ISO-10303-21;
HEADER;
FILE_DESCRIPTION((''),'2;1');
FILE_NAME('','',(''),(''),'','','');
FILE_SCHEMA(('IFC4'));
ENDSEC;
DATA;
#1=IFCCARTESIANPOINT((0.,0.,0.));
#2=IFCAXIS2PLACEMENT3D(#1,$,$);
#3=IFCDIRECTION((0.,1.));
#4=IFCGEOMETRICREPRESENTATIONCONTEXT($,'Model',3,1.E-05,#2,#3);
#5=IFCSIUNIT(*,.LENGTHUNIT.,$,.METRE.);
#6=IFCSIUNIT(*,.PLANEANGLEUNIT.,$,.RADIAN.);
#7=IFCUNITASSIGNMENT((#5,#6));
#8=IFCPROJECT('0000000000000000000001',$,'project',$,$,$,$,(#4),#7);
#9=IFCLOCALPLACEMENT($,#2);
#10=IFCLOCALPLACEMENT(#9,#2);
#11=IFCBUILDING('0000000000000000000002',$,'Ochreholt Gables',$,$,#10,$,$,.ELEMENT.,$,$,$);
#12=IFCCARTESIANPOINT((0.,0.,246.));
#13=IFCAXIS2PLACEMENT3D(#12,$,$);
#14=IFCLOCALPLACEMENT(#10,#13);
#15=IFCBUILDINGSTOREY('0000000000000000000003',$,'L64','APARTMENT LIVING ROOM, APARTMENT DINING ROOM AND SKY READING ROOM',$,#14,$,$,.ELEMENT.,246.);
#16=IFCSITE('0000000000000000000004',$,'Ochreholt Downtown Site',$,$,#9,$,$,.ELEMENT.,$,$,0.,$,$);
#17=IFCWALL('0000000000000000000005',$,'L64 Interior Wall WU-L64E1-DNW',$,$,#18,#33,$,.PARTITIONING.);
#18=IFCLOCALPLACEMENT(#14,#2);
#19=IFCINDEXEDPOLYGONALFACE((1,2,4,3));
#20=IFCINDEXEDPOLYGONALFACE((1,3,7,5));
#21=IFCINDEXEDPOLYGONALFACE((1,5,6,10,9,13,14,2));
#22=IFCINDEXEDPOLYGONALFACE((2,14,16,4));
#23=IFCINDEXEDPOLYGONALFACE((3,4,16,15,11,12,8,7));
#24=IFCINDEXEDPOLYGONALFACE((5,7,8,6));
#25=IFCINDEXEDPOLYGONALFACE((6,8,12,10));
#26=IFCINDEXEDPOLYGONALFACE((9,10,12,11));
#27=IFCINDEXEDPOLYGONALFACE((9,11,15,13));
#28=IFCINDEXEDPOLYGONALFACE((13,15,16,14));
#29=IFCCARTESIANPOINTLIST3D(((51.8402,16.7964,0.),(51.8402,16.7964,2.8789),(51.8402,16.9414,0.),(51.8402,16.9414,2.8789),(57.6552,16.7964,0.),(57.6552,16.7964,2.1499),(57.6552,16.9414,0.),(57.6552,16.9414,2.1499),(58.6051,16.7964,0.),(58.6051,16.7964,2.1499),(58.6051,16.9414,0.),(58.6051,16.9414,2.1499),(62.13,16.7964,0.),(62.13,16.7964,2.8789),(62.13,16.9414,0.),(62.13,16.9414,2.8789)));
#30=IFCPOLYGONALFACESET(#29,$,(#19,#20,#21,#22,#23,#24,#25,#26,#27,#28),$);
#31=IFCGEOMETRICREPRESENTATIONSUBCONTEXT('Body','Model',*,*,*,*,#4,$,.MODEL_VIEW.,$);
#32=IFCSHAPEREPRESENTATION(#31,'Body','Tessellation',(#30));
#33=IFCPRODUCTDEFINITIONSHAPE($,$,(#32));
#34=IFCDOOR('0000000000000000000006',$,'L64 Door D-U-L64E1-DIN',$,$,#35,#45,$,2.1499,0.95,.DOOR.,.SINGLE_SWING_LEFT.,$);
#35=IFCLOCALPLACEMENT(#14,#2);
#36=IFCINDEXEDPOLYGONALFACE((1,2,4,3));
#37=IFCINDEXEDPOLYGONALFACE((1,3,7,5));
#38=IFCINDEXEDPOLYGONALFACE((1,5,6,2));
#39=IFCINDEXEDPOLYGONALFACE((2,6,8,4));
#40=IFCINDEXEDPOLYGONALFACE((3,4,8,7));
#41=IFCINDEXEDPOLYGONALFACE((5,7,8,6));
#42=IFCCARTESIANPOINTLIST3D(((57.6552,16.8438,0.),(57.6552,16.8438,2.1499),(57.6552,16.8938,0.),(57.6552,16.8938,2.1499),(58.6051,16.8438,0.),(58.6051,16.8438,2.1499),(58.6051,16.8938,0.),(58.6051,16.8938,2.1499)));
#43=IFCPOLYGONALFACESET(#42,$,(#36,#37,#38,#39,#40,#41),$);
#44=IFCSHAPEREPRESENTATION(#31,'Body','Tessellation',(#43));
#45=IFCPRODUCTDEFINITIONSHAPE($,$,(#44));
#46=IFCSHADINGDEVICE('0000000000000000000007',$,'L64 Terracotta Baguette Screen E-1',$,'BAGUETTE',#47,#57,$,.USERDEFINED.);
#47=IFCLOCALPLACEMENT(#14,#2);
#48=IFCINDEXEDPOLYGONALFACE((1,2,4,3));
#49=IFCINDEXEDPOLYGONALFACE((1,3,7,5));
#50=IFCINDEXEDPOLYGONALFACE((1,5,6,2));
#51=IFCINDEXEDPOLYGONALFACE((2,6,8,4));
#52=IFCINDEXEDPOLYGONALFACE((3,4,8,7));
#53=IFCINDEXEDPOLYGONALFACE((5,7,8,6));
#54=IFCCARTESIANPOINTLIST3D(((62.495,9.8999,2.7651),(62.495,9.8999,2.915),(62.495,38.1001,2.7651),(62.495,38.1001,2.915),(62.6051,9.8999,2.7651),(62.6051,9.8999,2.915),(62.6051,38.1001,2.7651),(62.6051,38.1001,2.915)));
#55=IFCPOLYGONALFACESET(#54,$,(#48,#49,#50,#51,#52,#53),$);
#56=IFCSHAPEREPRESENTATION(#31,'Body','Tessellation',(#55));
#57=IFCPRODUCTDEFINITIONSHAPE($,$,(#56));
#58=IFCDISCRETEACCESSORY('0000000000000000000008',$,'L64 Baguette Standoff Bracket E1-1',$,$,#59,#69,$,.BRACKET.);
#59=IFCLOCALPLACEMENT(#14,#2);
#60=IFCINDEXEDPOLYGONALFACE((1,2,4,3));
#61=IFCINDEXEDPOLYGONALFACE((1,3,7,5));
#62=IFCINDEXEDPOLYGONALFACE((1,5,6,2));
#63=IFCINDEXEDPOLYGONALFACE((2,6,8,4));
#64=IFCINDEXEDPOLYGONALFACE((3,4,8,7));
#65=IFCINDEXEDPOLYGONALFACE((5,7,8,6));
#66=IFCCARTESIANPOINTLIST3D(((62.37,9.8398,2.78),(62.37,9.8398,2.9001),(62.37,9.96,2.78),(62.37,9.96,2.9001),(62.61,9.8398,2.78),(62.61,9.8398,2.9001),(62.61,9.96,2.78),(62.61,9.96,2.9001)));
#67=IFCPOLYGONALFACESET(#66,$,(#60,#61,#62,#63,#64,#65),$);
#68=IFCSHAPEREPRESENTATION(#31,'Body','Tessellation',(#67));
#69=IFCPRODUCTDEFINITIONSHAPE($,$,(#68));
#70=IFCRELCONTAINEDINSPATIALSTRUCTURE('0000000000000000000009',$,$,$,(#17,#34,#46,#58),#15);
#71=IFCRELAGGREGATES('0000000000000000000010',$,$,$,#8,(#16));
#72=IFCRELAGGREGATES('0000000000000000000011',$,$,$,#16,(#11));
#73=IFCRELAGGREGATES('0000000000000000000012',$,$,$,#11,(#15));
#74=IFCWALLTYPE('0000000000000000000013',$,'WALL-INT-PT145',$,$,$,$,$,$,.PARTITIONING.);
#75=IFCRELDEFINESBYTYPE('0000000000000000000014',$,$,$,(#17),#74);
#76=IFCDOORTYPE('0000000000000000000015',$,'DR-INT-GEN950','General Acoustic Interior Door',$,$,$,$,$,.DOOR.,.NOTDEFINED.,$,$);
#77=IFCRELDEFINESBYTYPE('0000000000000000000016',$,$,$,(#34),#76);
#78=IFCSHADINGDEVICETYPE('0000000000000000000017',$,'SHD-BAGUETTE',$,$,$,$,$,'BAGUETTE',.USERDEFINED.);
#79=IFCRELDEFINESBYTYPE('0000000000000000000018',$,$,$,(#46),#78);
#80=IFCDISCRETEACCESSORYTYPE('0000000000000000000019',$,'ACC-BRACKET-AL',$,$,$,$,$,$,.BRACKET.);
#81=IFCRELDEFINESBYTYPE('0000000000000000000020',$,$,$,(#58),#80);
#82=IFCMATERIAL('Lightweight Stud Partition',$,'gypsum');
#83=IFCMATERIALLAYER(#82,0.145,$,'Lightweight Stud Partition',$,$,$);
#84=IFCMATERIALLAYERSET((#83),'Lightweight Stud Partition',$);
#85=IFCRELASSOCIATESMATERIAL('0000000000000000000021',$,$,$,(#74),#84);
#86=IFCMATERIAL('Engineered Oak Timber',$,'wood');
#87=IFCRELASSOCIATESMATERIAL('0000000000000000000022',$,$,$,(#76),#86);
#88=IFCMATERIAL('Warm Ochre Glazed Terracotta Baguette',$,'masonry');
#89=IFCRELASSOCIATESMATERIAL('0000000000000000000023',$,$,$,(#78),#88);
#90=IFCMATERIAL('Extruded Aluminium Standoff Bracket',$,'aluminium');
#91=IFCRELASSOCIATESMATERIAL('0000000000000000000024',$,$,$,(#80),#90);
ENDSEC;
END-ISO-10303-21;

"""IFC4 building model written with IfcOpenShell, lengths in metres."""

from ifc_helpers import new_model, si_unit, direction, frame, frame_2d, origin, origin_2d, place, context, subcontext, project, spatial, rectangle, extrude, material, layer, layer_set, material_profile, profile_set, type_object, element, fill, save


model = new_model("IFC4")

# Units and contexts
model_context = context("Model", 3, precision=1e-05, world=origin(), true_north=direction((0.0, 1.0)))
body_context = subcontext(model_context, "Body", "Model", "MODEL_VIEW")
ifc_project = project(units=[si_unit("LENGTHUNIT", "METRE"), si_unit("PLANEANGLEUNIT", "RADIAN")], contexts=[model_context])

# Site, building, storey
site_placement = place(None, origin())
site = spatial("IfcSite", under=ifc_project, at=site_placement, Name="Ochreholt Downtown Site", CompositionType="ELEMENT", RefElevation=0.0)
building_placement = place(site_placement, origin())
building = spatial("IfcBuilding", under=site, at=building_placement, Name="Ochreholt Gables", CompositionType="ELEMENT")
storey_placement = place(building_placement, frame((0.0, 0.0, 246.0)))
storey = spatial("IfcBuildingStorey", under=building, at=storey_placement, Name="L64", Description="APARTMENT LIVING ROOM, APARTMENT DINING ROOM AND SKY READING ROOM", CompositionType="ELEMENT", Elevation=246.0)

# Wall, opening, door
ifc_material_1 = material(Name="Lightweight Stud Partition", Category="gypsum")
ifc_layer_1 = layer(ifc_material_1, 0.145, Name="Lightweight Stud Partition")
ifc_layer_set_1 = layer_set([ifc_layer_1], Name="Lightweight Stud Partition")
wall_type_1 = type_object("IfcWallType", Name="WALL-INT-PT145", PredefinedType="PARTITIONING", material=ifc_layer_set_1)
wall_1_placement = place(storey_placement, frame((51.8401, 16.8689, 0.0), z_axis=(0.0, 0.0, 1.0), x_axis=(1.0, 0.0, 0.0)))
wall_1 = element("IfcWall", 1, at=wall_1_placement, inside=storey, type_object=wall_type_1, Name="L64 Interior Wall WU-L64E1-DNW", PredefinedType="PARTITIONING", context=body_context, shape_type="SweptSolid", body=[
    extrude(rectangle(XDim=10.2898, YDim=0.145, at=frame_2d((5.145, 0.0))), origin(), (0.0, 0.0, 1.0), 2.8789),
])
opening_placement = place(wall_1_placement, frame((5.8149, 0.0, 0.0)))
opening = element("IfcOpeningElement", 2, at=opening_placement, cuts=wall_1, PredefinedType="OPENING", context=body_context, shape_type="SweptSolid", body=[
    extrude(rectangle(XDim=0.95, YDim=2.1499, at=frame_2d((0.4751, 1.075))), frame((0.0, 0.0825, 0.0), z_axis=(0.0, -1.0, 0.0), x_axis=(1.0, 0.0, 0.0)), (0.0, 0.0, 1.0), 0.165),
])
ifc_material_2 = material(Name="Engineered Oak Timber", Category="wood")
door_type = type_object("IfcDoorType", Name="DR-INT-GEN950", Description="General Acoustic Interior Door", OperationType="NOTDEFINED", PredefinedType="DOOR", material=ifc_material_2)
door_placement = place(opening_placement, origin())
door = element("IfcDoor", 3, at=door_placement, inside=storey, type_object=door_type, Name="L64 Door D-U-L64E1-DIN", OperationType="SINGLE_SWING_LEFT", OverallHeight=2.1499, OverallWidth=0.95, PredefinedType="DOOR", context=body_context, shape_type="SweptSolid", body=[
    extrude(rectangle(XDim=0.95, YDim=2.1499, at=frame_2d((0.4751, 1.075))), frame((0.0, 0.0249, 0.0), z_axis=(0.0, -1.0, 0.0), x_axis=(1.0, 0.0, 0.0)), (0.0, 0.0, 1.0), 0.05),
])
fill(opening, door)

# Shading device
ifc_material_3 = material(Name="Warm Ochre Glazed Terracotta Baguette", Category="masonry")
ifc_material_profile_1 = material_profile(ifc_material_3, rectangle(XDim=0.1101, YDim=0.1499, at=origin_2d()), Name="TCBAG110X150")
ifc_profile_set_1 = profile_set([ifc_material_profile_1], Name="Warm Ochre Glazed Terracotta Baguette")
shading_device_type = type_object("IfcShadingDeviceType", Name="SHD-BAGUETTE", ElementType="BAGUETTE", PredefinedType="USERDEFINED", material=ifc_profile_set_1)
shading_device_placement = place(storey_placement, frame((62.55, 9.8999, 2.8401), z_axis=(0.0, 1.0, 0.0), x_axis=(-1.0, 0.0, 0.0)))
element("IfcShadingDevice", 4, at=shading_device_placement, inside=storey, type_object=shading_device_type, Name="L64 Terracotta Baguette Screen E-1", ObjectType="BAGUETTE", PredefinedType="USERDEFINED", context=body_context, shape_type="SweptSolid", body=[
    extrude(rectangle(XDim=0.1101, YDim=0.1499, at=origin_2d()), origin(), (0.0, 0.0, 1.0), 28.2002),
])

# Discrete accessory
ifc_material_4 = material(Name="Extruded Aluminium Standoff Bracket", Category="aluminium")
discrete_accessory_type = type_object("IfcDiscreteAccessoryType", Name="ACC-BRACKET-AL", PredefinedType="BRACKET", material=ifc_material_4)
discrete_accessory_placement = place(storey_placement, frame((62.49, 9.8999, 2.78), z_axis=(0.0, 0.0, 1.0), x_axis=(0.0, 1.0, 0.0)))
element("IfcDiscreteAccessory", 5, at=discrete_accessory_placement, inside=storey, type_object=discrete_accessory_type, Name="L64 Baguette Standoff Bracket E1-1", PredefinedType="BRACKET", context=body_context, shape_type="SweptSolid", body=[
    extrude(rectangle(XDim=0.1201, YDim=0.24, at=origin_2d()), origin(), (0.0, 0.0, 1.0), 0.1201),
])

save(model, "model.ifc")
